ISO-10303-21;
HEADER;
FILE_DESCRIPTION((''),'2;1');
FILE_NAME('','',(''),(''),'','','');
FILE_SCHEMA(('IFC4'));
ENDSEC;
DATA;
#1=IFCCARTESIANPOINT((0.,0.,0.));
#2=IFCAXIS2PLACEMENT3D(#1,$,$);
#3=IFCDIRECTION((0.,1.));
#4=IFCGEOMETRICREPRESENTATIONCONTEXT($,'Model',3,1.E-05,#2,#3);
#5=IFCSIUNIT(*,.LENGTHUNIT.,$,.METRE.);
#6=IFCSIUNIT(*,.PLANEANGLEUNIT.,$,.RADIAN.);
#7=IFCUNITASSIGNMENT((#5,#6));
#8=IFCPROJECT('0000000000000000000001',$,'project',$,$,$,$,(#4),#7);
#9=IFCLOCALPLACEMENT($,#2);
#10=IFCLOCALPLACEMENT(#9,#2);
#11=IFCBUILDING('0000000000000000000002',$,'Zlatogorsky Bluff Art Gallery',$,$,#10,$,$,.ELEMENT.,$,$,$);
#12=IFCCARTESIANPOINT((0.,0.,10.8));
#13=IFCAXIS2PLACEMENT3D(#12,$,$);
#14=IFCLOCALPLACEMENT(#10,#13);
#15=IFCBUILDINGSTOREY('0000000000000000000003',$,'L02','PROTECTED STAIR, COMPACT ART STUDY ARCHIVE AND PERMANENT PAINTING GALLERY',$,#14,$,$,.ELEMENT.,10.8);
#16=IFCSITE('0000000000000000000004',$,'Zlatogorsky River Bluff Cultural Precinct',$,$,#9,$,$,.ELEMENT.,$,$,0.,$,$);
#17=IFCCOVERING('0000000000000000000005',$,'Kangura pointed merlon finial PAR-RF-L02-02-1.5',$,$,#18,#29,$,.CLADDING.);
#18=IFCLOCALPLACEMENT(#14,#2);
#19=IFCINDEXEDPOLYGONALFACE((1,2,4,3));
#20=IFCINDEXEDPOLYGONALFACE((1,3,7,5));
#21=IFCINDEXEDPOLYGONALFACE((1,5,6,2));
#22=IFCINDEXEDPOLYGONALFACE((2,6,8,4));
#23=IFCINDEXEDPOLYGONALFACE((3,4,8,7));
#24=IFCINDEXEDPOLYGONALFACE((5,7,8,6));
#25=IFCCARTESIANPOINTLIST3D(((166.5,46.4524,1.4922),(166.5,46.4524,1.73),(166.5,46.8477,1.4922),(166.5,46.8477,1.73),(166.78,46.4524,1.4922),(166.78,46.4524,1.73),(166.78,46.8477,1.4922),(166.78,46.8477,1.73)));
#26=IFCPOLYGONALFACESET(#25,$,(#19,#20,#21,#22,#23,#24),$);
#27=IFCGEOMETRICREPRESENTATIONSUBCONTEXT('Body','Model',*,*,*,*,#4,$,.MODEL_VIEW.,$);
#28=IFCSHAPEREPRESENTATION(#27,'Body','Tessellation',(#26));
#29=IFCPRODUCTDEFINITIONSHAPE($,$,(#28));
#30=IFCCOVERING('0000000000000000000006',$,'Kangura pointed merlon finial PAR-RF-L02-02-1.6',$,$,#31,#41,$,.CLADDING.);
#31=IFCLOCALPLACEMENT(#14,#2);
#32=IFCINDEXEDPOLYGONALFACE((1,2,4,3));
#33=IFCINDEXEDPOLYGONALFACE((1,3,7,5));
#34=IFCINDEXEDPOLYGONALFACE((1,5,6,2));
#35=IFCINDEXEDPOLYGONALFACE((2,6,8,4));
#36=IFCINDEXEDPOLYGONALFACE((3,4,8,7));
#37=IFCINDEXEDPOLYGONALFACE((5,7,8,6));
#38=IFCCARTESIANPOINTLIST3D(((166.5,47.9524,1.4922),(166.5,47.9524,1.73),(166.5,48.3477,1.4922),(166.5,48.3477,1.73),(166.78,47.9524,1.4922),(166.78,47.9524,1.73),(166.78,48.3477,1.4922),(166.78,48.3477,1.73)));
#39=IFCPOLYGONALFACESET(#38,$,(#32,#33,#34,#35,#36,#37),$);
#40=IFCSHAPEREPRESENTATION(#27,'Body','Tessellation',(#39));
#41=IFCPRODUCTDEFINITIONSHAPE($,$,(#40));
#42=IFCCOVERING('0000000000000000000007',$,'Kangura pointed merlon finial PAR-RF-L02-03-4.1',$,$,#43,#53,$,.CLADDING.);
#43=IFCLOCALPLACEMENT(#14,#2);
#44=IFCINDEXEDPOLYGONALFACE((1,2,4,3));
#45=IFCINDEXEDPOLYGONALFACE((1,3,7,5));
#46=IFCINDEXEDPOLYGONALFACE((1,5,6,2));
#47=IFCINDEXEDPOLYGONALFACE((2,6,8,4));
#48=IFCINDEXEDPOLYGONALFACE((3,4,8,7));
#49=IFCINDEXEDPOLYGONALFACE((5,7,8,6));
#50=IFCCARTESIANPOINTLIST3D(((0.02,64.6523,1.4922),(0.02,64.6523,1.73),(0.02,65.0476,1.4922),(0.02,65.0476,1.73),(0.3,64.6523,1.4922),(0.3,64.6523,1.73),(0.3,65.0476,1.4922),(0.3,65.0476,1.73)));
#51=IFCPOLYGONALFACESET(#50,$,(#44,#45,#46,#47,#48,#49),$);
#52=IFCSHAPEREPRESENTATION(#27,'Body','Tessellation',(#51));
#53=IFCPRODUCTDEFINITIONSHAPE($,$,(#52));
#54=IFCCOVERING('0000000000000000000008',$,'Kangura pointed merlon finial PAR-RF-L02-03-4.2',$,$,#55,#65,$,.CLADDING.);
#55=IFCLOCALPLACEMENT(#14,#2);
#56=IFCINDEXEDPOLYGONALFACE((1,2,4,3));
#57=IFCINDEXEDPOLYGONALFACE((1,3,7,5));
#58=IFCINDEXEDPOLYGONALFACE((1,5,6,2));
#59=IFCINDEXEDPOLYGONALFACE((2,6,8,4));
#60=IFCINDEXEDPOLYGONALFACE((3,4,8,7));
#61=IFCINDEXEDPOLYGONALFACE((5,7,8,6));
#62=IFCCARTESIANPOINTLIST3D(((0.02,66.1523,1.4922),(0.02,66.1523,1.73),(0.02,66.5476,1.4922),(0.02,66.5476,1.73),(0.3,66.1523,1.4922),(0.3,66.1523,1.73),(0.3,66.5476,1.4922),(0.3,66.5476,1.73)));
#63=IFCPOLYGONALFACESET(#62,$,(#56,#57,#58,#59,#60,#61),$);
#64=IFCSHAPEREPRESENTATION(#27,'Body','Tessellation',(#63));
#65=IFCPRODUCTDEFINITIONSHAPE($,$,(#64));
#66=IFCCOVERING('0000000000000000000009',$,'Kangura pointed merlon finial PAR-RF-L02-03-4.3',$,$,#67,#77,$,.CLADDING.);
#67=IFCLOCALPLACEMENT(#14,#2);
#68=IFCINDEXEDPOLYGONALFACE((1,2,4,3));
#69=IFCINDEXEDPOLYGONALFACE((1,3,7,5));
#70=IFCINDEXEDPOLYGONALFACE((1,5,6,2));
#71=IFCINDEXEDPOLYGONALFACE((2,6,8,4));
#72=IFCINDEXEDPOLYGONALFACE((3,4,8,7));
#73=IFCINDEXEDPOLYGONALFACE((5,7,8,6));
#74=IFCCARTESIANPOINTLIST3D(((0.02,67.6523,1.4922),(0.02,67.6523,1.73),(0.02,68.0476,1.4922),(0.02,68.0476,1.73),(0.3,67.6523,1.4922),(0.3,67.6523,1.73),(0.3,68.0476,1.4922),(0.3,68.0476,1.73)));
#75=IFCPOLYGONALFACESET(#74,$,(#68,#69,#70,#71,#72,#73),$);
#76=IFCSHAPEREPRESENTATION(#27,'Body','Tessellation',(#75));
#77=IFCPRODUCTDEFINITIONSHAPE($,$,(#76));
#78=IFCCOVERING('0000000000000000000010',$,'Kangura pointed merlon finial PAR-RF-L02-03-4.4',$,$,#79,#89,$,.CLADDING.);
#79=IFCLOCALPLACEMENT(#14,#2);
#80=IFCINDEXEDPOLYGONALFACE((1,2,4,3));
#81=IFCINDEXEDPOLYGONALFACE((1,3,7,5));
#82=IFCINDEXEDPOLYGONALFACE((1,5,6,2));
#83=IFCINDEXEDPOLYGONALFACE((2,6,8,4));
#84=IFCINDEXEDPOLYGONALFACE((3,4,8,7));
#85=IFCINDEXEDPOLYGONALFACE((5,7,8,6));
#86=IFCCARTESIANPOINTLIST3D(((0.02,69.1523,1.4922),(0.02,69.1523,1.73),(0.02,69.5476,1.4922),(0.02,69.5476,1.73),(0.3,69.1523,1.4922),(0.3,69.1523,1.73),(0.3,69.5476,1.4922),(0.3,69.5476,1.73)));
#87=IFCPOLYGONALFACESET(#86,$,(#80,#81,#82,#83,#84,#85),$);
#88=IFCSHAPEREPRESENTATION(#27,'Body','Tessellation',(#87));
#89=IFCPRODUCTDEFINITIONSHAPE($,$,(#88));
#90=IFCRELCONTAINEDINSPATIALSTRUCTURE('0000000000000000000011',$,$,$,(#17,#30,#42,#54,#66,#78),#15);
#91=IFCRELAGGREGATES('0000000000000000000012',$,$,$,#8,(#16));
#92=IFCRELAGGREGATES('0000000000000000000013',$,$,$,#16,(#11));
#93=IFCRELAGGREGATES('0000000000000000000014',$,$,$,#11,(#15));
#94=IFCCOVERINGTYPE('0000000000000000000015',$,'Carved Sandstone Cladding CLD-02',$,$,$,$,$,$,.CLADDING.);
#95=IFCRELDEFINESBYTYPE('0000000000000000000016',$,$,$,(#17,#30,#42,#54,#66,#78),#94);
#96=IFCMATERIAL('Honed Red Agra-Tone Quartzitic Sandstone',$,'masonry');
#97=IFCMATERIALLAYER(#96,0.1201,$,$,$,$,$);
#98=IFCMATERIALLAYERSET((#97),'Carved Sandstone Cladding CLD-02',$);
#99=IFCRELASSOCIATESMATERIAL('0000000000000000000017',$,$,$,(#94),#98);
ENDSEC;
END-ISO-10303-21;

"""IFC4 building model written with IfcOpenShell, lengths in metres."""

from ifc_helpers import new_model, si_unit, direction, frame, origin, place, context, subcontext, project, spatial, polyline, outline, extrude, material, layer, layer_set, type_object, element, save


model = new_model("IFC4")

# Units and contexts
model_context = context("Model", 3, precision=1e-05, world=origin(), true_north=direction((0.0, 1.0)))
body_context = subcontext(model_context, "Body", "Model", "MODEL_VIEW")
ifc_project = project(units=[si_unit("LENGTHUNIT", "METRE"), si_unit("PLANEANGLEUNIT", "RADIAN")], contexts=[model_context])

# Site, building, storey
site_placement = place(None, origin())
site = spatial("IfcSite", under=ifc_project, at=site_placement, Name="Zlatogorsky River Bluff Cultural Precinct", CompositionType="ELEMENT", RefElevation=0.0)
building_placement = place(site_placement, origin())
building = spatial("IfcBuilding", under=site, at=building_placement, Name="Zlatogorsky Bluff Art Gallery", CompositionType="ELEMENT")
storey_placement = place(building_placement, frame((0.0, 0.0, 10.8)))
storey = spatial("IfcBuildingStorey", under=building, at=storey_placement, Name="L02", Description="PROTECTED STAIR, COMPACT ART STUDY ARCHIVE AND PERMANENT PAINTING GALLERY", CompositionType="ELEMENT", Elevation=10.8)

# Coverings
ifc_material = material(Name="Honed Red Agra-Tone Quartzitic Sandstone", Category="masonry")
ifc_layer = layer(ifc_material, 0.1201)
ifc_layer_set = layer_set([ifc_layer], Name="Carved Sandstone Cladding CLD-02")
covering_type = type_object("IfcCoveringType", Name="Carved Sandstone Cladding CLD-02", PredefinedType="CLADDING", material=ifc_layer_set)
covering_1_placement = place(storey_placement, frame((0.0, 0.0, 1.4922)))
element("IfcCovering", 1, at=covering_1_placement, inside=storey, type_object=covering_type, Name="Kangura pointed merlon finial PAR-RF-L02-02-1.5", PredefinedType="CLADDING", context=body_context, shape_type="SweptSolid", body=[
    extrude(outline(polyline([(166.5, 46.4524), (166.5, 46.8477), (166.78, 46.8477), (166.78, 46.4524), (166.5, 46.4524)])), origin(), (0.0, 0.0, 1.0), 0.2378),
])
covering_2_placement = place(storey_placement, frame((0.0, 0.0, 1.4922)))
element("IfcCovering", 2, at=covering_2_placement, inside=storey, type_object=covering_type, Name="Kangura pointed merlon finial PAR-RF-L02-02-1.6", PredefinedType="CLADDING", context=body_context, shape_type="SweptSolid", body=[
    extrude(outline(polyline([(166.5, 47.9524), (166.5, 48.3477), (166.78, 48.3477), (166.78, 47.9524), (166.5, 47.9524)])), origin(), (0.0, 0.0, 1.0), 0.2378),
])
covering_3_placement = place(storey_placement, frame((0.0, 0.0, 1.4922)))
element("IfcCovering", 3, at=covering_3_placement, inside=storey, type_object=covering_type, Name="Kangura pointed merlon finial PAR-RF-L02-03-4.1", PredefinedType="CLADDING", context=body_context, shape_type="SweptSolid", body=[
    extrude(outline(polyline([(0.02, 64.6523), (0.02, 65.0476), (0.3, 65.0476), (0.3, 64.6523), (0.02, 64.6523)])), origin(), (0.0, 0.0, 1.0), 0.2378),
])
covering_4_placement = place(storey_placement, frame((0.0, 0.0, 1.4922)))
element("IfcCovering", 4, at=covering_4_placement, inside=storey, type_object=covering_type, Name="Kangura pointed merlon finial PAR-RF-L02-03-4.2", PredefinedType="CLADDING", context=body_context, shape_type="SweptSolid", body=[
    extrude(outline(polyline([(0.02, 66.1523), (0.02, 66.5476), (0.3, 66.5476), (0.3, 66.1523), (0.02, 66.1523)])), origin(), (0.0, 0.0, 1.0), 0.2378),
])
covering_5_placement = place(storey_placement, frame((0.0, 0.0, 1.4922)))
element("IfcCovering", 5, at=covering_5_placement, inside=storey, type_object=covering_type, Name="Kangura pointed merlon finial PAR-RF-L02-03-4.3", PredefinedType="CLADDING", context=body_context, shape_type="SweptSolid", body=[
    extrude(outline(polyline([(0.02, 67.6523), (0.02, 68.0476), (0.3, 68.0476), (0.3, 67.6523), (0.02, 67.6523)])), origin(), (0.0, 0.0, 1.0), 0.2378),
])
covering_6_placement = place(storey_placement, frame((0.0, 0.0, 1.4922)))
element("IfcCovering", 6, at=covering_6_placement, inside=storey, type_object=covering_type, Name="Kangura pointed merlon finial PAR-RF-L02-03-4.4", PredefinedType="CLADDING", context=body_context, shape_type="SweptSolid", body=[
    extrude(outline(polyline([(0.02, 69.1523), (0.02, 69.5476), (0.3, 69.5476), (0.3, 69.1523), (0.02, 69.1523)])), origin(), (0.0, 0.0, 1.0), 0.2378),
])

save(model, "model.ifc")
